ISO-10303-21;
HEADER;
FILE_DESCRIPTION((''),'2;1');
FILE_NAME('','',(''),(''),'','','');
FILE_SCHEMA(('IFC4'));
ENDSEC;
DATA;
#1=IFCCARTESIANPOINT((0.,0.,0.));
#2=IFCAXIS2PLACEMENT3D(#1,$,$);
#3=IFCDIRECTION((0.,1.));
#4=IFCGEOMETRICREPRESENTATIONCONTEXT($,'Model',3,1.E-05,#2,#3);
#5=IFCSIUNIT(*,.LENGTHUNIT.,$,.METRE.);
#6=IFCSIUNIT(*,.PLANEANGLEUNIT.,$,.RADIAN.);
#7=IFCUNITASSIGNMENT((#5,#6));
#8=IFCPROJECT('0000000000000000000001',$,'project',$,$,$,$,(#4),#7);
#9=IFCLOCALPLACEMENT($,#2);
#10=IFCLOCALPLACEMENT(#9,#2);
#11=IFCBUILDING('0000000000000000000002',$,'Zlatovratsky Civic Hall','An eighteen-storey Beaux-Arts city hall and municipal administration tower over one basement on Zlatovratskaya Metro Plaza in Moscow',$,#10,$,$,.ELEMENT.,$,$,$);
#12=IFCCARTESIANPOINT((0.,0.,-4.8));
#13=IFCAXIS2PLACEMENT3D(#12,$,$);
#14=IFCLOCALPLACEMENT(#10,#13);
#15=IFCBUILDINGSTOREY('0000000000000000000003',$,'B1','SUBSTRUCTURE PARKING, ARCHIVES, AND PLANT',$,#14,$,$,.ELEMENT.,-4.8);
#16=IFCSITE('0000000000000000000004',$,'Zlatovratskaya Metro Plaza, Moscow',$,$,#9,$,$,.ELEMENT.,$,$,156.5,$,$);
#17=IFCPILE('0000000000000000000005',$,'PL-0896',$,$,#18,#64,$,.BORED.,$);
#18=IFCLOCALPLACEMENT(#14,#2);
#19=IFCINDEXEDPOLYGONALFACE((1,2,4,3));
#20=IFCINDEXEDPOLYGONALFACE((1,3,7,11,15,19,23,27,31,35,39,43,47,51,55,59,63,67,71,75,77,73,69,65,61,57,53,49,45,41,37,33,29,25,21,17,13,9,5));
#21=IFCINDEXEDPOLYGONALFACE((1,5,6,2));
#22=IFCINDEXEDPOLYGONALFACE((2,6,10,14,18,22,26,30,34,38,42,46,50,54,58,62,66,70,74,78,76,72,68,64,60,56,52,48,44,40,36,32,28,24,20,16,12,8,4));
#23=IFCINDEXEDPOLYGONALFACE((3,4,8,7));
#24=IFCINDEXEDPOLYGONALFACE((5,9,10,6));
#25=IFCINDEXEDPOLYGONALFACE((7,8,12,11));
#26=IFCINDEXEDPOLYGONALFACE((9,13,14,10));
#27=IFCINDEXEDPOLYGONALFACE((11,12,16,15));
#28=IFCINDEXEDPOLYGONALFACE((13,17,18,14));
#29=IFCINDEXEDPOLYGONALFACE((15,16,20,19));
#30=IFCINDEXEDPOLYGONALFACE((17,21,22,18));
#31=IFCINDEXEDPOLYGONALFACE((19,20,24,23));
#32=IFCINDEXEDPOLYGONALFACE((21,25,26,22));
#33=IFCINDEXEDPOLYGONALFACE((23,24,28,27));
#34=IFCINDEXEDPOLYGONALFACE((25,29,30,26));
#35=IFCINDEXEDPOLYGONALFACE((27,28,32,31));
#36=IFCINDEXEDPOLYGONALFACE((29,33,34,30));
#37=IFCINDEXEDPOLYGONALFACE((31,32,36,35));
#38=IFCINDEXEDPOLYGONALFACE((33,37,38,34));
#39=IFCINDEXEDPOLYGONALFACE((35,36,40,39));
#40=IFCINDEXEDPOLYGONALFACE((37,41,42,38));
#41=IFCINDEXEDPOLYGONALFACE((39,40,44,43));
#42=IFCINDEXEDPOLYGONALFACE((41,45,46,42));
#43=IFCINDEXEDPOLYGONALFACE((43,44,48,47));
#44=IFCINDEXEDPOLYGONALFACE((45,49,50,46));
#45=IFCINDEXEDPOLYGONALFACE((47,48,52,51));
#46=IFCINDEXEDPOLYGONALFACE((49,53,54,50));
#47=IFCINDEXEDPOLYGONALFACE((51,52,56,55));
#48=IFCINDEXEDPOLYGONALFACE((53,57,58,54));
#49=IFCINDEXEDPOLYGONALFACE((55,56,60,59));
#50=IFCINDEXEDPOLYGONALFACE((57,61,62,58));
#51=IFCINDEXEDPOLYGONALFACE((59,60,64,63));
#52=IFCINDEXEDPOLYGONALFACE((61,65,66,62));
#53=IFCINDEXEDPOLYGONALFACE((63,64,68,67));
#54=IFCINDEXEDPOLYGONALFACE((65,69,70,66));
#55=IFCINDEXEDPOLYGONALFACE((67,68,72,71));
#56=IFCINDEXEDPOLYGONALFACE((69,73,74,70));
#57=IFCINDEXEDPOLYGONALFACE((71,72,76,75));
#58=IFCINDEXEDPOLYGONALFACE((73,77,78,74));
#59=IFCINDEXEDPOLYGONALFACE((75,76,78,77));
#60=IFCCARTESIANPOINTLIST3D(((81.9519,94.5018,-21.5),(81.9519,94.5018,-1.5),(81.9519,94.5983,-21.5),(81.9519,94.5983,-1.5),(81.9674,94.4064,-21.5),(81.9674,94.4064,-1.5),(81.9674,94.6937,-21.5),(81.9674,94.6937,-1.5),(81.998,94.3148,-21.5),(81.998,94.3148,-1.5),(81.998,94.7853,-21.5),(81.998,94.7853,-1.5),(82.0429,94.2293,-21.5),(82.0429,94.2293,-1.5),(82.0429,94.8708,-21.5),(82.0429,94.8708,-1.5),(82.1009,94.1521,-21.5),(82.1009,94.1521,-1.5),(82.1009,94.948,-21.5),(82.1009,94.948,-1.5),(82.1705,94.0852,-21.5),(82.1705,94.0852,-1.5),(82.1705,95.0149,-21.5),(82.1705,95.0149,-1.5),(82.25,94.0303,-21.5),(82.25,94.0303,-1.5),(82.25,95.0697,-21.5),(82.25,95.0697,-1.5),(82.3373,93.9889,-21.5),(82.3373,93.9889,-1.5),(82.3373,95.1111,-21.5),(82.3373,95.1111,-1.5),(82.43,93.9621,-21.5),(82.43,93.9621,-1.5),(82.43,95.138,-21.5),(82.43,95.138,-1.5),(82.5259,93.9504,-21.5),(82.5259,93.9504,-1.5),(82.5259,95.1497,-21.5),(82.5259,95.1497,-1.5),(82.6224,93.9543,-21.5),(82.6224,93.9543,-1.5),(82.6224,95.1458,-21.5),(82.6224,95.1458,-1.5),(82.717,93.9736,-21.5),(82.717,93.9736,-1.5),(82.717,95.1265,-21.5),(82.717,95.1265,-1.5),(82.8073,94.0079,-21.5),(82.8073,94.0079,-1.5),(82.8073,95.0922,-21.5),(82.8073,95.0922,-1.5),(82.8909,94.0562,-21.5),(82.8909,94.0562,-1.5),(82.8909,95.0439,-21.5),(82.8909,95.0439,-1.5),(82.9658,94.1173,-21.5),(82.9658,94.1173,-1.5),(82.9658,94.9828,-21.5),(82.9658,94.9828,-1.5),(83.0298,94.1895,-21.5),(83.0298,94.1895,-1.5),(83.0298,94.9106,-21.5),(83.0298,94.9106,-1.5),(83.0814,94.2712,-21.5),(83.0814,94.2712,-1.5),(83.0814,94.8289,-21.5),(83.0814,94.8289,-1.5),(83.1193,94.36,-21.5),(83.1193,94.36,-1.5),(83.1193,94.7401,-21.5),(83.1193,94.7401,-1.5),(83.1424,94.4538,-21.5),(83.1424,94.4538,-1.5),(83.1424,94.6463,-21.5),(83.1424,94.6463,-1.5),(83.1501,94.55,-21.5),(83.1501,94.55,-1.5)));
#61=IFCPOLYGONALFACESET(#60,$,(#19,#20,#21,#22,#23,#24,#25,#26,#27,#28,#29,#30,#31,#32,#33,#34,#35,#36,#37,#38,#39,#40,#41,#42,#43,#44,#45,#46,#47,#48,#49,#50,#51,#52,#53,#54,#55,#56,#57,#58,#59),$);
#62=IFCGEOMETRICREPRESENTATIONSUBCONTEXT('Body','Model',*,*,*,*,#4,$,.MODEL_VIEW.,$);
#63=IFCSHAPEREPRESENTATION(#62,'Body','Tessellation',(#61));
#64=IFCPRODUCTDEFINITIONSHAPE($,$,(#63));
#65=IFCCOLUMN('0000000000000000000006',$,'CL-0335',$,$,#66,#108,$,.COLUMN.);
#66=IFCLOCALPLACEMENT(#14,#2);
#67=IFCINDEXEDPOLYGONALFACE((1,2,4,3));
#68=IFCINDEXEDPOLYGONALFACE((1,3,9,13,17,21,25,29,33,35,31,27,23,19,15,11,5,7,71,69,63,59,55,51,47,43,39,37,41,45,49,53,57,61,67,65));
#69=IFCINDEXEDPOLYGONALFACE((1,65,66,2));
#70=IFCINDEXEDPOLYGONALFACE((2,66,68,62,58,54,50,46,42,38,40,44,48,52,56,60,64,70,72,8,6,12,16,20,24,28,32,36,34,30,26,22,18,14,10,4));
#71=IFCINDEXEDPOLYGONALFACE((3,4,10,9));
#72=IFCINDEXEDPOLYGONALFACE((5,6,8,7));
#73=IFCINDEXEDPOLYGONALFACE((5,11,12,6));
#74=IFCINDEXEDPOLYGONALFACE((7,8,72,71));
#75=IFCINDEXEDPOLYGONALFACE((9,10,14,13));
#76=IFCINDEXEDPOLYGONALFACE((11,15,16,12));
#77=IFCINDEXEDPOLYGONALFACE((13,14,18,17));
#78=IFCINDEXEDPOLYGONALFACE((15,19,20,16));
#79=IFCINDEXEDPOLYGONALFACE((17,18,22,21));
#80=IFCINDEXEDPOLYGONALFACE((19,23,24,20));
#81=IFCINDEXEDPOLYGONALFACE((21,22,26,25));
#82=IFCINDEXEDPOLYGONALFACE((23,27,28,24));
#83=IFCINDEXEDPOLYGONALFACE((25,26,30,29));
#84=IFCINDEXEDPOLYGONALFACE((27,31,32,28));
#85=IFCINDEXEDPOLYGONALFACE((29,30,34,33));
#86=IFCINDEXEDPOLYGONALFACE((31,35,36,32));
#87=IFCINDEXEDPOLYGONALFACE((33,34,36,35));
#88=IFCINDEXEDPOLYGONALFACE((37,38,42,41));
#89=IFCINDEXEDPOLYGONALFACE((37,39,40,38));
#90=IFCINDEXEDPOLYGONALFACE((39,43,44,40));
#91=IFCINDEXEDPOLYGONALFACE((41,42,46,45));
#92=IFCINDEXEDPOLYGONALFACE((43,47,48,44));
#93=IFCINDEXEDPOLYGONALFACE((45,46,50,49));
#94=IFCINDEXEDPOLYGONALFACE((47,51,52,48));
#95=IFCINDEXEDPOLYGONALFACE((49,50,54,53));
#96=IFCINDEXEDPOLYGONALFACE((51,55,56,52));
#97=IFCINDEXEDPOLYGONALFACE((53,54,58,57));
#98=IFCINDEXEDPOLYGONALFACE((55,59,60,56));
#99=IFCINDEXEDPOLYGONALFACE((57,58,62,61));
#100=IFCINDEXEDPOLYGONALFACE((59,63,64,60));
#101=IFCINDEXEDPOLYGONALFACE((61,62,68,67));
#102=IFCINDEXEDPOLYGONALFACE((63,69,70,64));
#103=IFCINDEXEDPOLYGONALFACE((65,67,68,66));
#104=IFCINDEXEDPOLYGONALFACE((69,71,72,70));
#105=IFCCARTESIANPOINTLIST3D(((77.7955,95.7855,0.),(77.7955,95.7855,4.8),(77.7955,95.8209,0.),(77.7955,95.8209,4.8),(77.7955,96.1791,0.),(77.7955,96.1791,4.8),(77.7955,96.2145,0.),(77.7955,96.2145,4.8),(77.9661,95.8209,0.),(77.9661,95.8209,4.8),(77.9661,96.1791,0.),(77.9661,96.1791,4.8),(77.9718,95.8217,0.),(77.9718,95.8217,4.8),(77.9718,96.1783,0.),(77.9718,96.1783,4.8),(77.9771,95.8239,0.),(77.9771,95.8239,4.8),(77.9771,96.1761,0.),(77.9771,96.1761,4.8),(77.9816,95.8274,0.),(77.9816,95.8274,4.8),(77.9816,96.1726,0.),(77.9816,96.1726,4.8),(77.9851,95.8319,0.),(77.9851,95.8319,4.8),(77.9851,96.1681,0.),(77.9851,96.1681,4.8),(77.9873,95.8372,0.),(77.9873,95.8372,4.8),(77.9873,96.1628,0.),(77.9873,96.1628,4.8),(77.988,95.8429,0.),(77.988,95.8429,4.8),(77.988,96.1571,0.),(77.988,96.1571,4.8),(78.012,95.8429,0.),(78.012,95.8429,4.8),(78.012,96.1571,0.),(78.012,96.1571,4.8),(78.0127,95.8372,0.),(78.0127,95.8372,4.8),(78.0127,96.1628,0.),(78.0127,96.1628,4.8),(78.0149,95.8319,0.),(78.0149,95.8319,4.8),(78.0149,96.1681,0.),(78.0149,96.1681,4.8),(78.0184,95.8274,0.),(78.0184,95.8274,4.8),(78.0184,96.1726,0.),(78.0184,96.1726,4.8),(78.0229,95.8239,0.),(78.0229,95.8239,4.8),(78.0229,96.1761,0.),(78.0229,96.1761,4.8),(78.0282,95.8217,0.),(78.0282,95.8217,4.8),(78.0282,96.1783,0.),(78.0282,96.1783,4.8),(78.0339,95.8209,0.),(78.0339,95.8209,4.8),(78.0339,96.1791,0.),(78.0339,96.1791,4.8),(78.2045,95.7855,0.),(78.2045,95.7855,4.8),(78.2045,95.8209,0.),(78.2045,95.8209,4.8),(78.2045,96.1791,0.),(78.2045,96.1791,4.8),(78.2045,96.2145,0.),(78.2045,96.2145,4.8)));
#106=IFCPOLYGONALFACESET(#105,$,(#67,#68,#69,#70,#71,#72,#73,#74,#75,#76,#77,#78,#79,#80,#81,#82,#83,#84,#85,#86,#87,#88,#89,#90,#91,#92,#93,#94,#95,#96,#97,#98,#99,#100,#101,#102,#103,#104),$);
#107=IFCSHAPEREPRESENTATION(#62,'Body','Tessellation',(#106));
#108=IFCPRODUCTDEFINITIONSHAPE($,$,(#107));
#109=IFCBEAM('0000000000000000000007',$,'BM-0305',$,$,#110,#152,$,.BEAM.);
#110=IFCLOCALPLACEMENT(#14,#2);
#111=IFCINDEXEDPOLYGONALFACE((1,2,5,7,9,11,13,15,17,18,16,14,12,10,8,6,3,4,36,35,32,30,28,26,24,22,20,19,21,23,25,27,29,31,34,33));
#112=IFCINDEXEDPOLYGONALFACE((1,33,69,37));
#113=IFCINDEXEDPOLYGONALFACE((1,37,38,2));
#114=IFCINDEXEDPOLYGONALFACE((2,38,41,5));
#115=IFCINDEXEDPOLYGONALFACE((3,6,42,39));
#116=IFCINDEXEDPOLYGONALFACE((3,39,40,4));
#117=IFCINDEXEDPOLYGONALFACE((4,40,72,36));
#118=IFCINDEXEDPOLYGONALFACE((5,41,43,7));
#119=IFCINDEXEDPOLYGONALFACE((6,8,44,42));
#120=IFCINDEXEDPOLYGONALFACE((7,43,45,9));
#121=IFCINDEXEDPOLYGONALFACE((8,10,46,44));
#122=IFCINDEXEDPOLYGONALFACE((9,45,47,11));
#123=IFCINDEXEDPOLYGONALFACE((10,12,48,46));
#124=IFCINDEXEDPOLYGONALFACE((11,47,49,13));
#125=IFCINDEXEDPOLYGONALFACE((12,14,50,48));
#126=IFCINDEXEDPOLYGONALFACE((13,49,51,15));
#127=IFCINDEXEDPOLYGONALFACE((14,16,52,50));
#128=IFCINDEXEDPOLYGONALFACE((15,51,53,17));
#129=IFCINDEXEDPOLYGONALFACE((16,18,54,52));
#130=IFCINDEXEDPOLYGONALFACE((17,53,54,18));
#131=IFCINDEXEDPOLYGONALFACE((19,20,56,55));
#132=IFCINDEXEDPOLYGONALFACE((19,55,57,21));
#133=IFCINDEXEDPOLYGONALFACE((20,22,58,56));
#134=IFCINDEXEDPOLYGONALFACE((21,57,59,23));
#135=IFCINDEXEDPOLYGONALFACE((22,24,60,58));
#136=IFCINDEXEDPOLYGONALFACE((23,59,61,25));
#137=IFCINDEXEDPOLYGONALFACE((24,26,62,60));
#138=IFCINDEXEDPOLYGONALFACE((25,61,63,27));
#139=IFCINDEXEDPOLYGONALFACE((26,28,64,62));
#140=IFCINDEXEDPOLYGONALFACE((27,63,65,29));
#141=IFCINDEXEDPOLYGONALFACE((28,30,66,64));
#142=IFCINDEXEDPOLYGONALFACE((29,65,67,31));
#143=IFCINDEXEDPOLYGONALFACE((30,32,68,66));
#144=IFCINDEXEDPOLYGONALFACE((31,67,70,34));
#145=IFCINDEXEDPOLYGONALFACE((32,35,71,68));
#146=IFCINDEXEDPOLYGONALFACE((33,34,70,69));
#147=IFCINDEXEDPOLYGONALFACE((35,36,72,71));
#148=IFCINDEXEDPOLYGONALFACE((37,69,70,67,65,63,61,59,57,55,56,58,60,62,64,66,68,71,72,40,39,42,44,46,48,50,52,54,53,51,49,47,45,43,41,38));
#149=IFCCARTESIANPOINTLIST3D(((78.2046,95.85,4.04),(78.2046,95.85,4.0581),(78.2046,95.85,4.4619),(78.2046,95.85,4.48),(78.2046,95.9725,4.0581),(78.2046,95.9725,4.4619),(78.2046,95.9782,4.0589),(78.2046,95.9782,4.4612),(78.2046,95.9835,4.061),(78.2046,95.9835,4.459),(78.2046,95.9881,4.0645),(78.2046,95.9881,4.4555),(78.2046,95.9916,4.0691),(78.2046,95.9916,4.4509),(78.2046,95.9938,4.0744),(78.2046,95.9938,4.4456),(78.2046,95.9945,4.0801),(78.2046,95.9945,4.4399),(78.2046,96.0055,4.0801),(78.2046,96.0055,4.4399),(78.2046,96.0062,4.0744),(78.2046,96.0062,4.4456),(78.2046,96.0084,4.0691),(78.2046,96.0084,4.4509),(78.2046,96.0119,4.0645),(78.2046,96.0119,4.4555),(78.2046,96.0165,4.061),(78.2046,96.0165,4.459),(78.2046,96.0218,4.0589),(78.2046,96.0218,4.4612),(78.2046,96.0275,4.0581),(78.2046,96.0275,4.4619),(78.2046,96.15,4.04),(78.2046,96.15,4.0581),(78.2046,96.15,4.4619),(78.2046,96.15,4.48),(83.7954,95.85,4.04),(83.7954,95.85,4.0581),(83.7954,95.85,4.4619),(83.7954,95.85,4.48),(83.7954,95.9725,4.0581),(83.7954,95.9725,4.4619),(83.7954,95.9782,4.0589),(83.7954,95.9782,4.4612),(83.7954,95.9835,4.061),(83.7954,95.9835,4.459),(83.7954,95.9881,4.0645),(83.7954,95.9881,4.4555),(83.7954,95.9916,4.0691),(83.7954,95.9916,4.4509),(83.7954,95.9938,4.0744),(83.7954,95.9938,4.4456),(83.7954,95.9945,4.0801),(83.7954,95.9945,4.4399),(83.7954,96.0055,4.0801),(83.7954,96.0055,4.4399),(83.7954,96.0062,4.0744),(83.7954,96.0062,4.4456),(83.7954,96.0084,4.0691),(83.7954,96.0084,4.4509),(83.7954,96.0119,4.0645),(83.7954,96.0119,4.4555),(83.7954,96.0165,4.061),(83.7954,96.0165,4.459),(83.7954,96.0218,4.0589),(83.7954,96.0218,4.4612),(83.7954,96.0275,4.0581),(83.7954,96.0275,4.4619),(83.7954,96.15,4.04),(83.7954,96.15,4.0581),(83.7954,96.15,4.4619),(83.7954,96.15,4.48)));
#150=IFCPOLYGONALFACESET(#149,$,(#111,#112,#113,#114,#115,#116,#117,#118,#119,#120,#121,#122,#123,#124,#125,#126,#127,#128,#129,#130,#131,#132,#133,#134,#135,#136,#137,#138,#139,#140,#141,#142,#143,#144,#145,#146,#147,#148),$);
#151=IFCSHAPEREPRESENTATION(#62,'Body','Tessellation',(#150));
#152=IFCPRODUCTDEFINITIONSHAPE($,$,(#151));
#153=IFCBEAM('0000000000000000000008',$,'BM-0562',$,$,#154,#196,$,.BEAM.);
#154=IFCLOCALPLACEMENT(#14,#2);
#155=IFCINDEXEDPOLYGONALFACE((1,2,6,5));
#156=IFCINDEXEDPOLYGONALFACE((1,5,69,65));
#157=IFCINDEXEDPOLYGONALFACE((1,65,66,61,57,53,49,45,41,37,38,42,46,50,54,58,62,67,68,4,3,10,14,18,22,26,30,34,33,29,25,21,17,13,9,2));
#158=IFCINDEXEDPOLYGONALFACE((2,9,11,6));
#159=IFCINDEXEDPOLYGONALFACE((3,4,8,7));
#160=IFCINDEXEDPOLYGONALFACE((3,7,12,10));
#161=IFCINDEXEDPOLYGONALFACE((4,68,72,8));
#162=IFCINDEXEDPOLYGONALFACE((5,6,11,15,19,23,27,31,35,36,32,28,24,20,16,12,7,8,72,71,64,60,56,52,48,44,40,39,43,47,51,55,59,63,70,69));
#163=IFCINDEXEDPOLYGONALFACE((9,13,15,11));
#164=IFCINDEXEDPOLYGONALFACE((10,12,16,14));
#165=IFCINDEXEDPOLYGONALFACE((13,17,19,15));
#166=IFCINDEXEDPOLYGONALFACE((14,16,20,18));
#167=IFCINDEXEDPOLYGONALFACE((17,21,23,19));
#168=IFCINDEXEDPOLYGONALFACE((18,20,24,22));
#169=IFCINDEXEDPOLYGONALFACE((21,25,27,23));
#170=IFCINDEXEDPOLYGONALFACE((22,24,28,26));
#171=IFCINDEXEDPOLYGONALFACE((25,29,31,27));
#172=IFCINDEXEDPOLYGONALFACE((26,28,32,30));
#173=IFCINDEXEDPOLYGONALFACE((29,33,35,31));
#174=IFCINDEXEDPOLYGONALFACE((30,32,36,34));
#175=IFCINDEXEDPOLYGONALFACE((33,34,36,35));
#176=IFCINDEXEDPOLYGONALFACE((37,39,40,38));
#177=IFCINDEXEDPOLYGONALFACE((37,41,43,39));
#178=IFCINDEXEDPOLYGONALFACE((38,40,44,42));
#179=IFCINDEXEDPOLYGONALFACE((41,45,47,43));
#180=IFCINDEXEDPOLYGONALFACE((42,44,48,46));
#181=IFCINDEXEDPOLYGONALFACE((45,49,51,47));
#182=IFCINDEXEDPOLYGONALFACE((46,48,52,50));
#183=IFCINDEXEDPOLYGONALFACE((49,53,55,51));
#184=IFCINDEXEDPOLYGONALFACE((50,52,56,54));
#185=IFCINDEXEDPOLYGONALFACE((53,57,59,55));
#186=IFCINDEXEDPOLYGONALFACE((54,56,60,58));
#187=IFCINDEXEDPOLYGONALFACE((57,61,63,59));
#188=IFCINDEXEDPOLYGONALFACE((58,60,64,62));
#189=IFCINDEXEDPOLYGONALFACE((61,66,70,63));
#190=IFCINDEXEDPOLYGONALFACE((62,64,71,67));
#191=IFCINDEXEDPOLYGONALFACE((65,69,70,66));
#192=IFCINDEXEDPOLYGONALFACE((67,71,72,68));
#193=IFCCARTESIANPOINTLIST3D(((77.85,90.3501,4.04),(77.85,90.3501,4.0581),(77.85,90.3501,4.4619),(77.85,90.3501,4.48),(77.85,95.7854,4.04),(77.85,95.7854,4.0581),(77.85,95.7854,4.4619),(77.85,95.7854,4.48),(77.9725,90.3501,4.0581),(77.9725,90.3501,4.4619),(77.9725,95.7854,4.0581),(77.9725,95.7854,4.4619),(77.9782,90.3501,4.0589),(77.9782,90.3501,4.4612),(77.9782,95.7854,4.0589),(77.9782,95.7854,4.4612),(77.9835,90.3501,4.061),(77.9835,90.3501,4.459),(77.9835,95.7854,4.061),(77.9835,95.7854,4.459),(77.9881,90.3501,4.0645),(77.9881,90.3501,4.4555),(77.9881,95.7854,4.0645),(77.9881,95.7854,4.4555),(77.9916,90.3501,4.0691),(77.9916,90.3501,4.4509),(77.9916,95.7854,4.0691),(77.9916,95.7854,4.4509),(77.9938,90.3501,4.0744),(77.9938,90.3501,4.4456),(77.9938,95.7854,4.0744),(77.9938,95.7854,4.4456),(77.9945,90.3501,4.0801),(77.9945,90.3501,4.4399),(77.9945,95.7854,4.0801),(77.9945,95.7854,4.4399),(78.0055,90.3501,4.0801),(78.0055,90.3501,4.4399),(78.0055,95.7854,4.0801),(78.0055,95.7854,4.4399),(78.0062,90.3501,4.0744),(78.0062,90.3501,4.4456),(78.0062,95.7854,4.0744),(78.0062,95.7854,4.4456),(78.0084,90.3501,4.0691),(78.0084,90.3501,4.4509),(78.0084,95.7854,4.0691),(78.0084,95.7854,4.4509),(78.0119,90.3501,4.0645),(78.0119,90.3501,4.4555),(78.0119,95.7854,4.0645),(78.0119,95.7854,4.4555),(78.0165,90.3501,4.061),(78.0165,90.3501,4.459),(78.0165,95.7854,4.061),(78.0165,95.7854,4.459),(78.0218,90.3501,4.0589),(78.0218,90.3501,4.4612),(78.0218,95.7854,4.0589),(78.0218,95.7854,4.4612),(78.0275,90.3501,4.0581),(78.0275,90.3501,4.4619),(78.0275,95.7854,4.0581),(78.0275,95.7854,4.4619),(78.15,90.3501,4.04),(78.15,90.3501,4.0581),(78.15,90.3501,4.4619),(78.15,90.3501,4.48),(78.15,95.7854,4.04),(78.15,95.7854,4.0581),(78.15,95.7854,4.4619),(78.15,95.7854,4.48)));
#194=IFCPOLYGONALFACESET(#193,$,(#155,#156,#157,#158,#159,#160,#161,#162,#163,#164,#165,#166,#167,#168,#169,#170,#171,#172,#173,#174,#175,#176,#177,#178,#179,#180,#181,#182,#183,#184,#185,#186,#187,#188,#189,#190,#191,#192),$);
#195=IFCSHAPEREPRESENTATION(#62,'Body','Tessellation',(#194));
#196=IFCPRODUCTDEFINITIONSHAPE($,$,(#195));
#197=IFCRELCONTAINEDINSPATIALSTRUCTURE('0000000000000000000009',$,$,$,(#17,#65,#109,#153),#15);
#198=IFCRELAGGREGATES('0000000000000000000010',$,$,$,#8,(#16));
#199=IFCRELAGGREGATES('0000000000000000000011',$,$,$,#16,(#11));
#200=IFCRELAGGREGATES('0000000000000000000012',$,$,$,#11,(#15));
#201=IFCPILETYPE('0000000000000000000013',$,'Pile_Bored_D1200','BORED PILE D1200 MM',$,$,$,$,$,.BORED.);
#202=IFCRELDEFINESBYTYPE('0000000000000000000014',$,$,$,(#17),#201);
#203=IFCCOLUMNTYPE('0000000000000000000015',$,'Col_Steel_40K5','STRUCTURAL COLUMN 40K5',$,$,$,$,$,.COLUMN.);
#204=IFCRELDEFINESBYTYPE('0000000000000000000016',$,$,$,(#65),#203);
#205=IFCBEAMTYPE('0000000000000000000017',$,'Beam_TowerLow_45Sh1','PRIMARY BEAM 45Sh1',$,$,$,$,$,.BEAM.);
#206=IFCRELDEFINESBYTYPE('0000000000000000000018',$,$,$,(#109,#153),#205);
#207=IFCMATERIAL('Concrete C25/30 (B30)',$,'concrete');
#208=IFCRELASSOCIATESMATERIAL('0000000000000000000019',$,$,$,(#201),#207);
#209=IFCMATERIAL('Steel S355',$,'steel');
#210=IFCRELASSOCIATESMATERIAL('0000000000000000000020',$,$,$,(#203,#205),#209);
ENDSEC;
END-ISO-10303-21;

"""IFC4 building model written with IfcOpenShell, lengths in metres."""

from ifc_helpers import new_model, si_unit, direction, frame, origin, origin_2d, place, context, subcontext, project, spatial, circle, i_section, extrude, material, material_profile, profile_set, type_object, element, save


model = new_model("IFC4")

# Units and contexts
model_context = context("Model", 3, precision=1e-05, world=origin(), true_north=direction((0.0, 1.0)))
body_context = subcontext(model_context, "Body", "Model", "MODEL_VIEW")
ifc_project = project(units=[si_unit("LENGTHUNIT", "METRE"), si_unit("PLANEANGLEUNIT", "RADIAN")], contexts=[model_context])

# Site, building, storey
site_placement = place(None, origin())
site = spatial("IfcSite", under=ifc_project, at=site_placement, Name="Zlatovratskaya Metro Plaza, Moscow", CompositionType="ELEMENT", RefElevation=156.5)
building_placement = place(site_placement, origin())
building = spatial("IfcBuilding", under=site, at=building_placement, Name="Zlatovratsky Civic Hall", Description="An eighteen-storey Beaux-Arts city hall and municipal administration tower over one basement on Zlatovratskaya Metro Plaza in Moscow", CompositionType="ELEMENT")
storey_placement = place(building_placement, frame((0.0, 0.0, -4.8)))
storey = spatial("IfcBuildingStorey", under=building, at=storey_placement, Name="B1", Description="SUBSTRUCTURE PARKING, ARCHIVES, AND PLANT", CompositionType="ELEMENT", Elevation=-4.8)

# Shared definitions
ifc_material_1 = material(Name="Concrete C25/30 (B30)", Category="concrete")

# Pile
ifc_material_profile_1 = material_profile(ifc_material_1, circle(Radius=0.6001, at=origin_2d()), Name="PILE D1200")
ifc_profile_set_1 = profile_set([ifc_material_profile_1], Name="Concrete C25/30 (B30)")
pile_type = type_object("IfcPileType", Name="Pile_Bored_D1200", Description="BORED PILE D1200 MM", PredefinedType="BORED", material=ifc_profile_set_1)
for number, where, z_axis, x_axis, name in (
    (1, (82.55, 94.55, -1.5), (0.0, 0.0, -1.0), (1.0, 0.0, 0.0), "PL-0896"),
):
    element("IfcPile", number, at=place(storey_placement, frame(where, z_axis=z_axis, x_axis=x_axis)), inside=storey, type_object=pile_type, Name=name, PredefinedType="BORED", context=body_context, shape_type="SweptSolid", body=[
        extrude(circle(Radius=0.6001, at=origin_2d()), origin(), (0.0, 0.0, 1.0), 20.0),
    ])

# Column
ifc_material_2 = material(Name="Steel S355", Category="steel")
ifc_material_profile_2 = material_profile(ifc_material_2, i_section(OverallWidth=0.4089, OverallDepth=0.429, WebThickness=0.0239, FlangeThickness=0.0354, FilletRadius=0.022, at=origin_2d()), Name="40K5")
ifc_profile_set_2 = profile_set([ifc_material_profile_2], Name="Steel S355")
column_type = type_object("IfcColumnType", Name="Col_Steel_40K5", Description="STRUCTURAL COLUMN 40K5", PredefinedType="COLUMN", material=ifc_profile_set_2)
column_placement = place(storey_placement, frame((78.0, 96.0, 0.0), z_axis=(0.0, 0.0, 1.0), x_axis=(1.0, 0.0, 0.0)))
element("IfcColumn", 2, at=column_placement, inside=storey, type_object=column_type, Name="CL-0335", PredefinedType="COLUMN", context=body_context, shape_type="SweptSolid", body=[
    extrude(i_section(OverallWidth=0.4089, OverallDepth=0.429, WebThickness=0.0239, FlangeThickness=0.0354, FilletRadius=0.022, at=origin_2d()), origin(), (0.0, 0.0, 1.0), 4.8),
])

# Beams
ifc_material_profile_3 = material_profile(ifc_material_2, i_section(OverallWidth=0.3, OverallDepth=0.4399, WebThickness=0.011, FlangeThickness=0.0181, FilletRadius=0.022, at=origin_2d()), Name="45Sh1")
ifc_profile_set_3 = profile_set([ifc_material_profile_3], Name="Steel S355")
beam_type = type_object("IfcBeamType", Name="Beam_TowerLow_45Sh1", Description="PRIMARY BEAM 45Sh1", PredefinedType="BEAM", material=ifc_profile_set_3)
beam_1_placement = place(storey_placement, frame((78.2046, 96.0, 4.26), z_axis=(1.0, 0.0, 0.0), x_axis=(0.0, 1.0, 0.0)))
element("IfcBeam", 3, at=beam_1_placement, inside=storey, type_object=beam_type, Name="BM-0305", PredefinedType="BEAM", context=body_context, shape_type="SweptSolid", body=[
    extrude(i_section(OverallWidth=0.3, OverallDepth=0.4399, WebThickness=0.011, FlangeThickness=0.0181, FilletRadius=0.022, at=origin_2d()), origin(), (0.0, 0.0, 1.0), 5.5908),
])
beam_2_placement = place(storey_placement, frame((78.0, 90.3501, 4.26), z_axis=(0.0, 1.0, 0.0), x_axis=(-1.0, 0.0, 0.0)))
element("IfcBeam", 4, at=beam_2_placement, inside=storey, type_object=beam_type, Name="BM-0562", PredefinedType="BEAM", context=body_context, shape_type="SweptSolid", body=[
    extrude(i_section(OverallWidth=0.3, OverallDepth=0.4399, WebThickness=0.011, FlangeThickness=0.0181, FilletRadius=0.022, at=origin_2d()), origin(), (0.0, 0.0, 1.0), 5.4353),
])

save(model, "model.ifc")
